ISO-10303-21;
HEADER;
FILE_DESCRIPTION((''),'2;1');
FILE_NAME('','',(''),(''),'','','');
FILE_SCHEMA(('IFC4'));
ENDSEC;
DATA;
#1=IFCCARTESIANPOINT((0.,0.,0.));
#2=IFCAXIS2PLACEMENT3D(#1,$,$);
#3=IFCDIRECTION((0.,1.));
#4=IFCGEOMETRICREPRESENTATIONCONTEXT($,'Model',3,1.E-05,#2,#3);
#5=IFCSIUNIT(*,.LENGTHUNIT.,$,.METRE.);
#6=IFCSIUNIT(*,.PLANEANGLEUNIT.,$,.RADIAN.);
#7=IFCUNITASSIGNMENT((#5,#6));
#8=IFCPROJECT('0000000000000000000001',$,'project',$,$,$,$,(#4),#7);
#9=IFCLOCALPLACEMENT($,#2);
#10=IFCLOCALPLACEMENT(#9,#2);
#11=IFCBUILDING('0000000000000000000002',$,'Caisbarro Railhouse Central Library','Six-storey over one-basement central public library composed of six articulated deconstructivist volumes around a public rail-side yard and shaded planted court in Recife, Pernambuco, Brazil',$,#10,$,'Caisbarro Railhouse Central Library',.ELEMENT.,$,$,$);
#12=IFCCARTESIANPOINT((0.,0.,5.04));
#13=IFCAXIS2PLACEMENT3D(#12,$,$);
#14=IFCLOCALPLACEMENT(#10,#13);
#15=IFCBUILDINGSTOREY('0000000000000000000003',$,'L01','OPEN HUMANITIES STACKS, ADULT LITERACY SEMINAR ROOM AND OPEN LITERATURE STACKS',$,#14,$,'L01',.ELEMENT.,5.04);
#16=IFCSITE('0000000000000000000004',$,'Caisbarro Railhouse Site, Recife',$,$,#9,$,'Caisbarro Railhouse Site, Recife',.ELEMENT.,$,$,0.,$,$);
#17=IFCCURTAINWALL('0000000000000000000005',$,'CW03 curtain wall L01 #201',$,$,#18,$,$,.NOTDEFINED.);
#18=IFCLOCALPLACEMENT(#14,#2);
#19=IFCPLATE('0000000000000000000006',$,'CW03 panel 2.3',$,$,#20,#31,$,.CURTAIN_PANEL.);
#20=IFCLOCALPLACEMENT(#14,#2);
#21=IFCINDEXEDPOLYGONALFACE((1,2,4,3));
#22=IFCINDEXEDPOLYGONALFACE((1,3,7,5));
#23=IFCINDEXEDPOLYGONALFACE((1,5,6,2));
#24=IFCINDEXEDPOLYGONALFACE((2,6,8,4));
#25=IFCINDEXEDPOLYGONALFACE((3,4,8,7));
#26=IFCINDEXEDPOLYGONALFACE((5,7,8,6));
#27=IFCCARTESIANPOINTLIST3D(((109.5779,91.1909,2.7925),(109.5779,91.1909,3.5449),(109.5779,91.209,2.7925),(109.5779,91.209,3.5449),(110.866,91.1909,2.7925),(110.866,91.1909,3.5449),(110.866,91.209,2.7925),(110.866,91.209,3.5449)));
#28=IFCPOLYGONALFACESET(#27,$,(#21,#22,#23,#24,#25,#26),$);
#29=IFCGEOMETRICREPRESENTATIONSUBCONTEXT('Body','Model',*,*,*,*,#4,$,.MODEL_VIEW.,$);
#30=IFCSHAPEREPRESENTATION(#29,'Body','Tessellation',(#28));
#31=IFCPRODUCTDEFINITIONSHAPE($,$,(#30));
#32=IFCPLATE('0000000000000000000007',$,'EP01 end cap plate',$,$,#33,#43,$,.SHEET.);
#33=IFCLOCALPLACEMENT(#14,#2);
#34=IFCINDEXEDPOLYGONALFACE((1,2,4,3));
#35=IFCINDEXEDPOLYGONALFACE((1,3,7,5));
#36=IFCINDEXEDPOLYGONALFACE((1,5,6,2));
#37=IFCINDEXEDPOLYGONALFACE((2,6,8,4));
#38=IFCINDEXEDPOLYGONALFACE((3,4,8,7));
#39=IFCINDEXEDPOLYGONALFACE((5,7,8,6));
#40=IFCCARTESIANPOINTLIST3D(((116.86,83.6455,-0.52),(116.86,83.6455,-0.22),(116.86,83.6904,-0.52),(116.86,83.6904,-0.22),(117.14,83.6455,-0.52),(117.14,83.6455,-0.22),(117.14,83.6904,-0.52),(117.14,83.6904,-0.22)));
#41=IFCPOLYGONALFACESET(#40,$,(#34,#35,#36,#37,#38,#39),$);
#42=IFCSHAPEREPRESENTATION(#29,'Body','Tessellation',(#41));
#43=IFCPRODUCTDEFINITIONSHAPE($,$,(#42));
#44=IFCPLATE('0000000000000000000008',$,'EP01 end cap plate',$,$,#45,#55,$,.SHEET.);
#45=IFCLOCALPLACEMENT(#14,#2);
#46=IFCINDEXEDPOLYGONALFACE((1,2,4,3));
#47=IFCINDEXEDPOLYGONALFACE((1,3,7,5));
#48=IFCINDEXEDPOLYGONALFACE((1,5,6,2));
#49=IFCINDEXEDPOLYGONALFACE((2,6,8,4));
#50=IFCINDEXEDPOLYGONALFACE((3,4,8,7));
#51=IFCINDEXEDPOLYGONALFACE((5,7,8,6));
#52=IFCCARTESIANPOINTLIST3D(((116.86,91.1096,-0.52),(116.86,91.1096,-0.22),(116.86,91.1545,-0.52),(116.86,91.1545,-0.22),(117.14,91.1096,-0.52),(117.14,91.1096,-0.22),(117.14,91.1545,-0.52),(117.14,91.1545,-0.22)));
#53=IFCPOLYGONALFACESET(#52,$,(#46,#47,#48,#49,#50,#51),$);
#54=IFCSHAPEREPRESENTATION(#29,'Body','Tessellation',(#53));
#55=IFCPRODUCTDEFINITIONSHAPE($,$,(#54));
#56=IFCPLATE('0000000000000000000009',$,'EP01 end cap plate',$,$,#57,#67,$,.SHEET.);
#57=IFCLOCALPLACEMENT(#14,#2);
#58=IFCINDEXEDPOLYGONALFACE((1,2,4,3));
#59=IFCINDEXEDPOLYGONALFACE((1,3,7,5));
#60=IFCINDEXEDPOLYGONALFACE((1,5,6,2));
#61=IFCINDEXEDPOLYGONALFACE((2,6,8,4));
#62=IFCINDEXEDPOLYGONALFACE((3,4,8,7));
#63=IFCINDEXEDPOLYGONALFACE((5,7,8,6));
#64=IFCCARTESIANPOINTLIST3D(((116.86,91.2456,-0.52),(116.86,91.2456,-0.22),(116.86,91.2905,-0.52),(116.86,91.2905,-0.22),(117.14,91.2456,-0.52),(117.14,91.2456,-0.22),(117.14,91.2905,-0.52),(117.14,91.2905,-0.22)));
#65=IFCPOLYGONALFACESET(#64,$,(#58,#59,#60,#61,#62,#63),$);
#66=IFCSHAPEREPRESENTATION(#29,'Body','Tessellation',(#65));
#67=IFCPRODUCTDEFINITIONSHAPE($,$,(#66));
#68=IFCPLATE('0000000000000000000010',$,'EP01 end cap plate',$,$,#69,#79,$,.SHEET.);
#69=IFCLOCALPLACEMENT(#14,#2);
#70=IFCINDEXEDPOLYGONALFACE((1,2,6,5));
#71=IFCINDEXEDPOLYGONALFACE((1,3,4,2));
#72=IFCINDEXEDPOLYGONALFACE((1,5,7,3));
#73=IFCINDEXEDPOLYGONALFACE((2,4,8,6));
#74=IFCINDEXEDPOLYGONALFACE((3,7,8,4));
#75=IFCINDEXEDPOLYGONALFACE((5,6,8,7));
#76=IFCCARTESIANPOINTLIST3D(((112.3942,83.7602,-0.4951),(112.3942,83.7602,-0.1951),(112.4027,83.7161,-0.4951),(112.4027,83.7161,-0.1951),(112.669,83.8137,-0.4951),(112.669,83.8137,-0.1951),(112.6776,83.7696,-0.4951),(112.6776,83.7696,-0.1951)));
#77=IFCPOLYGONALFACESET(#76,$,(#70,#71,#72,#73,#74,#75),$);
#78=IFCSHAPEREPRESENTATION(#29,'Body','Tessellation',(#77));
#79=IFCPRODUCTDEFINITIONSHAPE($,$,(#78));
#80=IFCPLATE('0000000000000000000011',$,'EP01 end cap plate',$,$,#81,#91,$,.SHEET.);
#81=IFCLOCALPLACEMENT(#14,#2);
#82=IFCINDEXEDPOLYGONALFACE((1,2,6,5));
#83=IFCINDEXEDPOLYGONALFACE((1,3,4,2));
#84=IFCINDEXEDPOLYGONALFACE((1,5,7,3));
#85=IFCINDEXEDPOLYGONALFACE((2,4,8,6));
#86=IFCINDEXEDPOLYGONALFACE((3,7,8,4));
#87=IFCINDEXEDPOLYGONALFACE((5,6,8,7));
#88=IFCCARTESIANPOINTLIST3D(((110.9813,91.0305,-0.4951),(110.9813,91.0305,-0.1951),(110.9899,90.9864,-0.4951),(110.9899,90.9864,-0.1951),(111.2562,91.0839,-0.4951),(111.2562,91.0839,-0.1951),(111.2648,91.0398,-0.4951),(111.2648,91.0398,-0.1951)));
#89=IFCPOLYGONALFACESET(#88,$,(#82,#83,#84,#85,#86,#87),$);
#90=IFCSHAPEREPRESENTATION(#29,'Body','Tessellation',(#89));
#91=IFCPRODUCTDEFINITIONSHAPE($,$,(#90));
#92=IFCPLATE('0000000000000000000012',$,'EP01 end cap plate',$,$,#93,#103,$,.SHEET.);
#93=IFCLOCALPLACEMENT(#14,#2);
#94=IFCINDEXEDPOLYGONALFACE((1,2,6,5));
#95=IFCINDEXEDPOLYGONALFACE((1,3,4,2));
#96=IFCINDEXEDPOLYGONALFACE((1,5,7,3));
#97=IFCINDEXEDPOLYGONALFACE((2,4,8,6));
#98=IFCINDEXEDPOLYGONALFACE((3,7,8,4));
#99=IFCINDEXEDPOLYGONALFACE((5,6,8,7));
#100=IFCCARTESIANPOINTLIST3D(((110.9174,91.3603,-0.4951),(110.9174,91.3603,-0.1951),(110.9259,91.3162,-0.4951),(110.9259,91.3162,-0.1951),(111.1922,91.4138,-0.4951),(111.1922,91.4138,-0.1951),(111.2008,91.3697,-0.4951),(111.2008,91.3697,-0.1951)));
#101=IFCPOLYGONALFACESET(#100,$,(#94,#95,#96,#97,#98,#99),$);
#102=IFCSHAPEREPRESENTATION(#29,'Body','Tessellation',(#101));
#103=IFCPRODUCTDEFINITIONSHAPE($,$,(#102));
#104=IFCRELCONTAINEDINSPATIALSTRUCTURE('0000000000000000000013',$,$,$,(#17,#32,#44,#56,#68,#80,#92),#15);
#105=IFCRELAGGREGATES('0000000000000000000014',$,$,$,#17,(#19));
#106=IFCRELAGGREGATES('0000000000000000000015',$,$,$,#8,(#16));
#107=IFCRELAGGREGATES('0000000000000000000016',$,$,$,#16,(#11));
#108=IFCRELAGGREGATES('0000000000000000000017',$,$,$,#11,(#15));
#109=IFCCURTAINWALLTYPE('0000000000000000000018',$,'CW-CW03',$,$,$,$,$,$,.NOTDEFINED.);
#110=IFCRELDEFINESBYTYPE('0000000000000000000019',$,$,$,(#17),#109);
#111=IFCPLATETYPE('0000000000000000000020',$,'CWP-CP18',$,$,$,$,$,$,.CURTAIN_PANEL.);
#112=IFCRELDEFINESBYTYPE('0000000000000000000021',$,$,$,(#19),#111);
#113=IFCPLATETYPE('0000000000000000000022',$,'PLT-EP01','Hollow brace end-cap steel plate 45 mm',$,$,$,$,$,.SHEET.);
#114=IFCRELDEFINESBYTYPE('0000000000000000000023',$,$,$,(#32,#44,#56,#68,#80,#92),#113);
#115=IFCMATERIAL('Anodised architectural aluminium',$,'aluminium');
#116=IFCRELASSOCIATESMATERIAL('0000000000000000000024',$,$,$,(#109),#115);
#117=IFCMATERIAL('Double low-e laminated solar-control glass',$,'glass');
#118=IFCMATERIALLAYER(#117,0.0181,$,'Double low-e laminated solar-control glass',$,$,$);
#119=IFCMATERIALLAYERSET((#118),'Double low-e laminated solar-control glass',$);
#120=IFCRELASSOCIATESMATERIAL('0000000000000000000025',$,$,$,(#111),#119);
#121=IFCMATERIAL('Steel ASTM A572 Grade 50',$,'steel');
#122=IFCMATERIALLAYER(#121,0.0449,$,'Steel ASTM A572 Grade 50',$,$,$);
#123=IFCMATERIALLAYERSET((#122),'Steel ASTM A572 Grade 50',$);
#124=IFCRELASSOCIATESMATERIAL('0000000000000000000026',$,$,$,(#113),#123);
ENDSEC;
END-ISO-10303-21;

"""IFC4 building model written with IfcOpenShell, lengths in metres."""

from ifc_helpers import new_model, si_unit, direction, frame, origin, origin_2d, place, context, subcontext, project, spatial, rectangle, extrude, material, layer, layer_set, type_object, element, aggregate, save


model = new_model("IFC4")

# Units and contexts
model_context = context("Model", 3, precision=1e-05, world=origin(), true_north=direction((0.0, 1.0)))
body_context = subcontext(model_context, "Body", "Model", "MODEL_VIEW")
ifc_project = project(units=[si_unit("LENGTHUNIT", "METRE"), si_unit("PLANEANGLEUNIT", "RADIAN")], contexts=[model_context])

# Site, building, storey
site_placement = place(None, origin())
site = spatial("IfcSite", under=ifc_project, at=site_placement, Name="Caisbarro Railhouse Site, Recife", LongName="Caisbarro Railhouse Site, Recife", CompositionType="ELEMENT", RefElevation=0.0)
building_placement = place(site_placement, origin())
building = spatial("IfcBuilding", under=site, at=building_placement, Name="Caisbarro Railhouse Central Library", Description="Six-storey over one-basement central public library composed of six articulated deconstructivist volumes around a public rail-side yard and shaded planted court in Recife, Pernambuco, Brazil", LongName="Caisbarro Railhouse Central Library", CompositionType="ELEMENT")
storey_placement = place(building_placement, frame((0.0, 0.0, 5.04)))
storey = spatial("IfcBuildingStorey", under=building, at=storey_placement, Name="L01", Description="OPEN HUMANITIES STACKS, ADULT LITERACY SEMINAR ROOM AND OPEN LITERATURE STACKS", LongName="L01", CompositionType="ELEMENT", Elevation=5.04)

# Shared definitions
ifc_material_1 = material(Name="Steel ASTM A572 Grade 50", Category="steel")

# Shared definitions
ifc_material_2 = material(Name="Anodised architectural aluminium", Category="aluminium")
curtain_wall_type = type_object("IfcCurtainWallType", Name="CW-CW03", PredefinedType="NOTDEFINED", material=ifc_material_2)

# Curtain wall
curtain_wall_1_placement = place(storey_placement, origin())
curtain_wall_1 = element("IfcCurtainWall", 1, at=curtain_wall_1_placement, inside=storey, type_object=curtain_wall_type, Name="CW03 curtain wall L01 #201", PredefinedType="NOTDEFINED")

# Plate
ifc_material_3 = material(Name="Double low-e laminated solar-control glass", Category="glass")
ifc_layer_1 = layer(ifc_material_3, 0.0181, Name="Double low-e laminated solar-control glass")
ifc_layer_set_1 = layer_set([ifc_layer_1], Name="Double low-e laminated solar-control glass")
plate_type_1 = type_object("IfcPlateType", Name="CWP-CP18", PredefinedType="CURTAIN_PANEL", material=ifc_layer_set_1)
plate_1_placement = place(storey_placement, frame((110.2219, 91.2, 2.7925), z_axis=(0.0, 0.0, 1.0), x_axis=(1.0, 0.0, 0.0)))
plate_1 = element("IfcPlate", 2, at=plate_1_placement, type_object=plate_type_1, Name="CW03 panel 2.3", PredefinedType="CURTAIN_PANEL", context=body_context, shape_type="SweptSolid", body=[
    extrude(rectangle(XDim=1.2881, YDim=0.0181, at=origin_2d()), origin(), (0.0, 0.0, 1.0), 0.7524),
])
aggregate(curtain_wall_1, [plate_1])

# Plates
ifc_layer_2 = layer(ifc_material_1, 0.0449, Name="Steel ASTM A572 Grade 50")
ifc_layer_set_2 = layer_set([ifc_layer_2], Name="Steel ASTM A572 Grade 50")
plate_type_2 = type_object("IfcPlateType", Name="PLT-EP01", Description="Hollow brace end-cap steel plate 45 mm", PredefinedType="SHEET", material=ifc_layer_set_2)
for number, where, z_axis, x_axis, name in (
    (3, (117.0, 83.668, -0.52), (0.0, 0.0, 1.0), (0.0, 1.0, 0.0), "EP01 end cap plate"),
    (4, (117.0, 91.1321, -0.52), (0.0, 0.0, 1.0), (0.0, 1.0, 0.0), "EP01 end cap plate"),
    (5, (117.0, 91.2681, -0.52), (0.0, 0.0, 1.0), (0.0, 1.0, 0.0), "EP01 end cap plate"),
    (6, (112.5359, 83.7649, -0.4951), (0.0, 0.0, 1.0), (-0.190809, 0.981627, 0.0), "EP01 end cap plate"),
    (7, (111.123, 91.0352, -0.4951), (0.0, 0.0, 1.0), (-0.190809, 0.981627, 0.0), "EP01 end cap plate"),
    (8, (111.0591, 91.365, -0.4951), (0.0, 0.0, 1.0), (-0.190809, 0.981627, 0.0), "EP01 end cap plate"),
):
    element("IfcPlate", number, at=place(storey_placement, frame(where, z_axis=z_axis, x_axis=x_axis)), inside=storey, type_object=plate_type_2, Name=name, PredefinedType="SHEET", context=body_context, shape_type="SweptSolid", body=[
        extrude(rectangle(XDim=0.0449, YDim=0.28, at=origin_2d()), origin(), (0.0, 0.0, 1.0), 0.3),
    ])

save(model, "model.ifc")
